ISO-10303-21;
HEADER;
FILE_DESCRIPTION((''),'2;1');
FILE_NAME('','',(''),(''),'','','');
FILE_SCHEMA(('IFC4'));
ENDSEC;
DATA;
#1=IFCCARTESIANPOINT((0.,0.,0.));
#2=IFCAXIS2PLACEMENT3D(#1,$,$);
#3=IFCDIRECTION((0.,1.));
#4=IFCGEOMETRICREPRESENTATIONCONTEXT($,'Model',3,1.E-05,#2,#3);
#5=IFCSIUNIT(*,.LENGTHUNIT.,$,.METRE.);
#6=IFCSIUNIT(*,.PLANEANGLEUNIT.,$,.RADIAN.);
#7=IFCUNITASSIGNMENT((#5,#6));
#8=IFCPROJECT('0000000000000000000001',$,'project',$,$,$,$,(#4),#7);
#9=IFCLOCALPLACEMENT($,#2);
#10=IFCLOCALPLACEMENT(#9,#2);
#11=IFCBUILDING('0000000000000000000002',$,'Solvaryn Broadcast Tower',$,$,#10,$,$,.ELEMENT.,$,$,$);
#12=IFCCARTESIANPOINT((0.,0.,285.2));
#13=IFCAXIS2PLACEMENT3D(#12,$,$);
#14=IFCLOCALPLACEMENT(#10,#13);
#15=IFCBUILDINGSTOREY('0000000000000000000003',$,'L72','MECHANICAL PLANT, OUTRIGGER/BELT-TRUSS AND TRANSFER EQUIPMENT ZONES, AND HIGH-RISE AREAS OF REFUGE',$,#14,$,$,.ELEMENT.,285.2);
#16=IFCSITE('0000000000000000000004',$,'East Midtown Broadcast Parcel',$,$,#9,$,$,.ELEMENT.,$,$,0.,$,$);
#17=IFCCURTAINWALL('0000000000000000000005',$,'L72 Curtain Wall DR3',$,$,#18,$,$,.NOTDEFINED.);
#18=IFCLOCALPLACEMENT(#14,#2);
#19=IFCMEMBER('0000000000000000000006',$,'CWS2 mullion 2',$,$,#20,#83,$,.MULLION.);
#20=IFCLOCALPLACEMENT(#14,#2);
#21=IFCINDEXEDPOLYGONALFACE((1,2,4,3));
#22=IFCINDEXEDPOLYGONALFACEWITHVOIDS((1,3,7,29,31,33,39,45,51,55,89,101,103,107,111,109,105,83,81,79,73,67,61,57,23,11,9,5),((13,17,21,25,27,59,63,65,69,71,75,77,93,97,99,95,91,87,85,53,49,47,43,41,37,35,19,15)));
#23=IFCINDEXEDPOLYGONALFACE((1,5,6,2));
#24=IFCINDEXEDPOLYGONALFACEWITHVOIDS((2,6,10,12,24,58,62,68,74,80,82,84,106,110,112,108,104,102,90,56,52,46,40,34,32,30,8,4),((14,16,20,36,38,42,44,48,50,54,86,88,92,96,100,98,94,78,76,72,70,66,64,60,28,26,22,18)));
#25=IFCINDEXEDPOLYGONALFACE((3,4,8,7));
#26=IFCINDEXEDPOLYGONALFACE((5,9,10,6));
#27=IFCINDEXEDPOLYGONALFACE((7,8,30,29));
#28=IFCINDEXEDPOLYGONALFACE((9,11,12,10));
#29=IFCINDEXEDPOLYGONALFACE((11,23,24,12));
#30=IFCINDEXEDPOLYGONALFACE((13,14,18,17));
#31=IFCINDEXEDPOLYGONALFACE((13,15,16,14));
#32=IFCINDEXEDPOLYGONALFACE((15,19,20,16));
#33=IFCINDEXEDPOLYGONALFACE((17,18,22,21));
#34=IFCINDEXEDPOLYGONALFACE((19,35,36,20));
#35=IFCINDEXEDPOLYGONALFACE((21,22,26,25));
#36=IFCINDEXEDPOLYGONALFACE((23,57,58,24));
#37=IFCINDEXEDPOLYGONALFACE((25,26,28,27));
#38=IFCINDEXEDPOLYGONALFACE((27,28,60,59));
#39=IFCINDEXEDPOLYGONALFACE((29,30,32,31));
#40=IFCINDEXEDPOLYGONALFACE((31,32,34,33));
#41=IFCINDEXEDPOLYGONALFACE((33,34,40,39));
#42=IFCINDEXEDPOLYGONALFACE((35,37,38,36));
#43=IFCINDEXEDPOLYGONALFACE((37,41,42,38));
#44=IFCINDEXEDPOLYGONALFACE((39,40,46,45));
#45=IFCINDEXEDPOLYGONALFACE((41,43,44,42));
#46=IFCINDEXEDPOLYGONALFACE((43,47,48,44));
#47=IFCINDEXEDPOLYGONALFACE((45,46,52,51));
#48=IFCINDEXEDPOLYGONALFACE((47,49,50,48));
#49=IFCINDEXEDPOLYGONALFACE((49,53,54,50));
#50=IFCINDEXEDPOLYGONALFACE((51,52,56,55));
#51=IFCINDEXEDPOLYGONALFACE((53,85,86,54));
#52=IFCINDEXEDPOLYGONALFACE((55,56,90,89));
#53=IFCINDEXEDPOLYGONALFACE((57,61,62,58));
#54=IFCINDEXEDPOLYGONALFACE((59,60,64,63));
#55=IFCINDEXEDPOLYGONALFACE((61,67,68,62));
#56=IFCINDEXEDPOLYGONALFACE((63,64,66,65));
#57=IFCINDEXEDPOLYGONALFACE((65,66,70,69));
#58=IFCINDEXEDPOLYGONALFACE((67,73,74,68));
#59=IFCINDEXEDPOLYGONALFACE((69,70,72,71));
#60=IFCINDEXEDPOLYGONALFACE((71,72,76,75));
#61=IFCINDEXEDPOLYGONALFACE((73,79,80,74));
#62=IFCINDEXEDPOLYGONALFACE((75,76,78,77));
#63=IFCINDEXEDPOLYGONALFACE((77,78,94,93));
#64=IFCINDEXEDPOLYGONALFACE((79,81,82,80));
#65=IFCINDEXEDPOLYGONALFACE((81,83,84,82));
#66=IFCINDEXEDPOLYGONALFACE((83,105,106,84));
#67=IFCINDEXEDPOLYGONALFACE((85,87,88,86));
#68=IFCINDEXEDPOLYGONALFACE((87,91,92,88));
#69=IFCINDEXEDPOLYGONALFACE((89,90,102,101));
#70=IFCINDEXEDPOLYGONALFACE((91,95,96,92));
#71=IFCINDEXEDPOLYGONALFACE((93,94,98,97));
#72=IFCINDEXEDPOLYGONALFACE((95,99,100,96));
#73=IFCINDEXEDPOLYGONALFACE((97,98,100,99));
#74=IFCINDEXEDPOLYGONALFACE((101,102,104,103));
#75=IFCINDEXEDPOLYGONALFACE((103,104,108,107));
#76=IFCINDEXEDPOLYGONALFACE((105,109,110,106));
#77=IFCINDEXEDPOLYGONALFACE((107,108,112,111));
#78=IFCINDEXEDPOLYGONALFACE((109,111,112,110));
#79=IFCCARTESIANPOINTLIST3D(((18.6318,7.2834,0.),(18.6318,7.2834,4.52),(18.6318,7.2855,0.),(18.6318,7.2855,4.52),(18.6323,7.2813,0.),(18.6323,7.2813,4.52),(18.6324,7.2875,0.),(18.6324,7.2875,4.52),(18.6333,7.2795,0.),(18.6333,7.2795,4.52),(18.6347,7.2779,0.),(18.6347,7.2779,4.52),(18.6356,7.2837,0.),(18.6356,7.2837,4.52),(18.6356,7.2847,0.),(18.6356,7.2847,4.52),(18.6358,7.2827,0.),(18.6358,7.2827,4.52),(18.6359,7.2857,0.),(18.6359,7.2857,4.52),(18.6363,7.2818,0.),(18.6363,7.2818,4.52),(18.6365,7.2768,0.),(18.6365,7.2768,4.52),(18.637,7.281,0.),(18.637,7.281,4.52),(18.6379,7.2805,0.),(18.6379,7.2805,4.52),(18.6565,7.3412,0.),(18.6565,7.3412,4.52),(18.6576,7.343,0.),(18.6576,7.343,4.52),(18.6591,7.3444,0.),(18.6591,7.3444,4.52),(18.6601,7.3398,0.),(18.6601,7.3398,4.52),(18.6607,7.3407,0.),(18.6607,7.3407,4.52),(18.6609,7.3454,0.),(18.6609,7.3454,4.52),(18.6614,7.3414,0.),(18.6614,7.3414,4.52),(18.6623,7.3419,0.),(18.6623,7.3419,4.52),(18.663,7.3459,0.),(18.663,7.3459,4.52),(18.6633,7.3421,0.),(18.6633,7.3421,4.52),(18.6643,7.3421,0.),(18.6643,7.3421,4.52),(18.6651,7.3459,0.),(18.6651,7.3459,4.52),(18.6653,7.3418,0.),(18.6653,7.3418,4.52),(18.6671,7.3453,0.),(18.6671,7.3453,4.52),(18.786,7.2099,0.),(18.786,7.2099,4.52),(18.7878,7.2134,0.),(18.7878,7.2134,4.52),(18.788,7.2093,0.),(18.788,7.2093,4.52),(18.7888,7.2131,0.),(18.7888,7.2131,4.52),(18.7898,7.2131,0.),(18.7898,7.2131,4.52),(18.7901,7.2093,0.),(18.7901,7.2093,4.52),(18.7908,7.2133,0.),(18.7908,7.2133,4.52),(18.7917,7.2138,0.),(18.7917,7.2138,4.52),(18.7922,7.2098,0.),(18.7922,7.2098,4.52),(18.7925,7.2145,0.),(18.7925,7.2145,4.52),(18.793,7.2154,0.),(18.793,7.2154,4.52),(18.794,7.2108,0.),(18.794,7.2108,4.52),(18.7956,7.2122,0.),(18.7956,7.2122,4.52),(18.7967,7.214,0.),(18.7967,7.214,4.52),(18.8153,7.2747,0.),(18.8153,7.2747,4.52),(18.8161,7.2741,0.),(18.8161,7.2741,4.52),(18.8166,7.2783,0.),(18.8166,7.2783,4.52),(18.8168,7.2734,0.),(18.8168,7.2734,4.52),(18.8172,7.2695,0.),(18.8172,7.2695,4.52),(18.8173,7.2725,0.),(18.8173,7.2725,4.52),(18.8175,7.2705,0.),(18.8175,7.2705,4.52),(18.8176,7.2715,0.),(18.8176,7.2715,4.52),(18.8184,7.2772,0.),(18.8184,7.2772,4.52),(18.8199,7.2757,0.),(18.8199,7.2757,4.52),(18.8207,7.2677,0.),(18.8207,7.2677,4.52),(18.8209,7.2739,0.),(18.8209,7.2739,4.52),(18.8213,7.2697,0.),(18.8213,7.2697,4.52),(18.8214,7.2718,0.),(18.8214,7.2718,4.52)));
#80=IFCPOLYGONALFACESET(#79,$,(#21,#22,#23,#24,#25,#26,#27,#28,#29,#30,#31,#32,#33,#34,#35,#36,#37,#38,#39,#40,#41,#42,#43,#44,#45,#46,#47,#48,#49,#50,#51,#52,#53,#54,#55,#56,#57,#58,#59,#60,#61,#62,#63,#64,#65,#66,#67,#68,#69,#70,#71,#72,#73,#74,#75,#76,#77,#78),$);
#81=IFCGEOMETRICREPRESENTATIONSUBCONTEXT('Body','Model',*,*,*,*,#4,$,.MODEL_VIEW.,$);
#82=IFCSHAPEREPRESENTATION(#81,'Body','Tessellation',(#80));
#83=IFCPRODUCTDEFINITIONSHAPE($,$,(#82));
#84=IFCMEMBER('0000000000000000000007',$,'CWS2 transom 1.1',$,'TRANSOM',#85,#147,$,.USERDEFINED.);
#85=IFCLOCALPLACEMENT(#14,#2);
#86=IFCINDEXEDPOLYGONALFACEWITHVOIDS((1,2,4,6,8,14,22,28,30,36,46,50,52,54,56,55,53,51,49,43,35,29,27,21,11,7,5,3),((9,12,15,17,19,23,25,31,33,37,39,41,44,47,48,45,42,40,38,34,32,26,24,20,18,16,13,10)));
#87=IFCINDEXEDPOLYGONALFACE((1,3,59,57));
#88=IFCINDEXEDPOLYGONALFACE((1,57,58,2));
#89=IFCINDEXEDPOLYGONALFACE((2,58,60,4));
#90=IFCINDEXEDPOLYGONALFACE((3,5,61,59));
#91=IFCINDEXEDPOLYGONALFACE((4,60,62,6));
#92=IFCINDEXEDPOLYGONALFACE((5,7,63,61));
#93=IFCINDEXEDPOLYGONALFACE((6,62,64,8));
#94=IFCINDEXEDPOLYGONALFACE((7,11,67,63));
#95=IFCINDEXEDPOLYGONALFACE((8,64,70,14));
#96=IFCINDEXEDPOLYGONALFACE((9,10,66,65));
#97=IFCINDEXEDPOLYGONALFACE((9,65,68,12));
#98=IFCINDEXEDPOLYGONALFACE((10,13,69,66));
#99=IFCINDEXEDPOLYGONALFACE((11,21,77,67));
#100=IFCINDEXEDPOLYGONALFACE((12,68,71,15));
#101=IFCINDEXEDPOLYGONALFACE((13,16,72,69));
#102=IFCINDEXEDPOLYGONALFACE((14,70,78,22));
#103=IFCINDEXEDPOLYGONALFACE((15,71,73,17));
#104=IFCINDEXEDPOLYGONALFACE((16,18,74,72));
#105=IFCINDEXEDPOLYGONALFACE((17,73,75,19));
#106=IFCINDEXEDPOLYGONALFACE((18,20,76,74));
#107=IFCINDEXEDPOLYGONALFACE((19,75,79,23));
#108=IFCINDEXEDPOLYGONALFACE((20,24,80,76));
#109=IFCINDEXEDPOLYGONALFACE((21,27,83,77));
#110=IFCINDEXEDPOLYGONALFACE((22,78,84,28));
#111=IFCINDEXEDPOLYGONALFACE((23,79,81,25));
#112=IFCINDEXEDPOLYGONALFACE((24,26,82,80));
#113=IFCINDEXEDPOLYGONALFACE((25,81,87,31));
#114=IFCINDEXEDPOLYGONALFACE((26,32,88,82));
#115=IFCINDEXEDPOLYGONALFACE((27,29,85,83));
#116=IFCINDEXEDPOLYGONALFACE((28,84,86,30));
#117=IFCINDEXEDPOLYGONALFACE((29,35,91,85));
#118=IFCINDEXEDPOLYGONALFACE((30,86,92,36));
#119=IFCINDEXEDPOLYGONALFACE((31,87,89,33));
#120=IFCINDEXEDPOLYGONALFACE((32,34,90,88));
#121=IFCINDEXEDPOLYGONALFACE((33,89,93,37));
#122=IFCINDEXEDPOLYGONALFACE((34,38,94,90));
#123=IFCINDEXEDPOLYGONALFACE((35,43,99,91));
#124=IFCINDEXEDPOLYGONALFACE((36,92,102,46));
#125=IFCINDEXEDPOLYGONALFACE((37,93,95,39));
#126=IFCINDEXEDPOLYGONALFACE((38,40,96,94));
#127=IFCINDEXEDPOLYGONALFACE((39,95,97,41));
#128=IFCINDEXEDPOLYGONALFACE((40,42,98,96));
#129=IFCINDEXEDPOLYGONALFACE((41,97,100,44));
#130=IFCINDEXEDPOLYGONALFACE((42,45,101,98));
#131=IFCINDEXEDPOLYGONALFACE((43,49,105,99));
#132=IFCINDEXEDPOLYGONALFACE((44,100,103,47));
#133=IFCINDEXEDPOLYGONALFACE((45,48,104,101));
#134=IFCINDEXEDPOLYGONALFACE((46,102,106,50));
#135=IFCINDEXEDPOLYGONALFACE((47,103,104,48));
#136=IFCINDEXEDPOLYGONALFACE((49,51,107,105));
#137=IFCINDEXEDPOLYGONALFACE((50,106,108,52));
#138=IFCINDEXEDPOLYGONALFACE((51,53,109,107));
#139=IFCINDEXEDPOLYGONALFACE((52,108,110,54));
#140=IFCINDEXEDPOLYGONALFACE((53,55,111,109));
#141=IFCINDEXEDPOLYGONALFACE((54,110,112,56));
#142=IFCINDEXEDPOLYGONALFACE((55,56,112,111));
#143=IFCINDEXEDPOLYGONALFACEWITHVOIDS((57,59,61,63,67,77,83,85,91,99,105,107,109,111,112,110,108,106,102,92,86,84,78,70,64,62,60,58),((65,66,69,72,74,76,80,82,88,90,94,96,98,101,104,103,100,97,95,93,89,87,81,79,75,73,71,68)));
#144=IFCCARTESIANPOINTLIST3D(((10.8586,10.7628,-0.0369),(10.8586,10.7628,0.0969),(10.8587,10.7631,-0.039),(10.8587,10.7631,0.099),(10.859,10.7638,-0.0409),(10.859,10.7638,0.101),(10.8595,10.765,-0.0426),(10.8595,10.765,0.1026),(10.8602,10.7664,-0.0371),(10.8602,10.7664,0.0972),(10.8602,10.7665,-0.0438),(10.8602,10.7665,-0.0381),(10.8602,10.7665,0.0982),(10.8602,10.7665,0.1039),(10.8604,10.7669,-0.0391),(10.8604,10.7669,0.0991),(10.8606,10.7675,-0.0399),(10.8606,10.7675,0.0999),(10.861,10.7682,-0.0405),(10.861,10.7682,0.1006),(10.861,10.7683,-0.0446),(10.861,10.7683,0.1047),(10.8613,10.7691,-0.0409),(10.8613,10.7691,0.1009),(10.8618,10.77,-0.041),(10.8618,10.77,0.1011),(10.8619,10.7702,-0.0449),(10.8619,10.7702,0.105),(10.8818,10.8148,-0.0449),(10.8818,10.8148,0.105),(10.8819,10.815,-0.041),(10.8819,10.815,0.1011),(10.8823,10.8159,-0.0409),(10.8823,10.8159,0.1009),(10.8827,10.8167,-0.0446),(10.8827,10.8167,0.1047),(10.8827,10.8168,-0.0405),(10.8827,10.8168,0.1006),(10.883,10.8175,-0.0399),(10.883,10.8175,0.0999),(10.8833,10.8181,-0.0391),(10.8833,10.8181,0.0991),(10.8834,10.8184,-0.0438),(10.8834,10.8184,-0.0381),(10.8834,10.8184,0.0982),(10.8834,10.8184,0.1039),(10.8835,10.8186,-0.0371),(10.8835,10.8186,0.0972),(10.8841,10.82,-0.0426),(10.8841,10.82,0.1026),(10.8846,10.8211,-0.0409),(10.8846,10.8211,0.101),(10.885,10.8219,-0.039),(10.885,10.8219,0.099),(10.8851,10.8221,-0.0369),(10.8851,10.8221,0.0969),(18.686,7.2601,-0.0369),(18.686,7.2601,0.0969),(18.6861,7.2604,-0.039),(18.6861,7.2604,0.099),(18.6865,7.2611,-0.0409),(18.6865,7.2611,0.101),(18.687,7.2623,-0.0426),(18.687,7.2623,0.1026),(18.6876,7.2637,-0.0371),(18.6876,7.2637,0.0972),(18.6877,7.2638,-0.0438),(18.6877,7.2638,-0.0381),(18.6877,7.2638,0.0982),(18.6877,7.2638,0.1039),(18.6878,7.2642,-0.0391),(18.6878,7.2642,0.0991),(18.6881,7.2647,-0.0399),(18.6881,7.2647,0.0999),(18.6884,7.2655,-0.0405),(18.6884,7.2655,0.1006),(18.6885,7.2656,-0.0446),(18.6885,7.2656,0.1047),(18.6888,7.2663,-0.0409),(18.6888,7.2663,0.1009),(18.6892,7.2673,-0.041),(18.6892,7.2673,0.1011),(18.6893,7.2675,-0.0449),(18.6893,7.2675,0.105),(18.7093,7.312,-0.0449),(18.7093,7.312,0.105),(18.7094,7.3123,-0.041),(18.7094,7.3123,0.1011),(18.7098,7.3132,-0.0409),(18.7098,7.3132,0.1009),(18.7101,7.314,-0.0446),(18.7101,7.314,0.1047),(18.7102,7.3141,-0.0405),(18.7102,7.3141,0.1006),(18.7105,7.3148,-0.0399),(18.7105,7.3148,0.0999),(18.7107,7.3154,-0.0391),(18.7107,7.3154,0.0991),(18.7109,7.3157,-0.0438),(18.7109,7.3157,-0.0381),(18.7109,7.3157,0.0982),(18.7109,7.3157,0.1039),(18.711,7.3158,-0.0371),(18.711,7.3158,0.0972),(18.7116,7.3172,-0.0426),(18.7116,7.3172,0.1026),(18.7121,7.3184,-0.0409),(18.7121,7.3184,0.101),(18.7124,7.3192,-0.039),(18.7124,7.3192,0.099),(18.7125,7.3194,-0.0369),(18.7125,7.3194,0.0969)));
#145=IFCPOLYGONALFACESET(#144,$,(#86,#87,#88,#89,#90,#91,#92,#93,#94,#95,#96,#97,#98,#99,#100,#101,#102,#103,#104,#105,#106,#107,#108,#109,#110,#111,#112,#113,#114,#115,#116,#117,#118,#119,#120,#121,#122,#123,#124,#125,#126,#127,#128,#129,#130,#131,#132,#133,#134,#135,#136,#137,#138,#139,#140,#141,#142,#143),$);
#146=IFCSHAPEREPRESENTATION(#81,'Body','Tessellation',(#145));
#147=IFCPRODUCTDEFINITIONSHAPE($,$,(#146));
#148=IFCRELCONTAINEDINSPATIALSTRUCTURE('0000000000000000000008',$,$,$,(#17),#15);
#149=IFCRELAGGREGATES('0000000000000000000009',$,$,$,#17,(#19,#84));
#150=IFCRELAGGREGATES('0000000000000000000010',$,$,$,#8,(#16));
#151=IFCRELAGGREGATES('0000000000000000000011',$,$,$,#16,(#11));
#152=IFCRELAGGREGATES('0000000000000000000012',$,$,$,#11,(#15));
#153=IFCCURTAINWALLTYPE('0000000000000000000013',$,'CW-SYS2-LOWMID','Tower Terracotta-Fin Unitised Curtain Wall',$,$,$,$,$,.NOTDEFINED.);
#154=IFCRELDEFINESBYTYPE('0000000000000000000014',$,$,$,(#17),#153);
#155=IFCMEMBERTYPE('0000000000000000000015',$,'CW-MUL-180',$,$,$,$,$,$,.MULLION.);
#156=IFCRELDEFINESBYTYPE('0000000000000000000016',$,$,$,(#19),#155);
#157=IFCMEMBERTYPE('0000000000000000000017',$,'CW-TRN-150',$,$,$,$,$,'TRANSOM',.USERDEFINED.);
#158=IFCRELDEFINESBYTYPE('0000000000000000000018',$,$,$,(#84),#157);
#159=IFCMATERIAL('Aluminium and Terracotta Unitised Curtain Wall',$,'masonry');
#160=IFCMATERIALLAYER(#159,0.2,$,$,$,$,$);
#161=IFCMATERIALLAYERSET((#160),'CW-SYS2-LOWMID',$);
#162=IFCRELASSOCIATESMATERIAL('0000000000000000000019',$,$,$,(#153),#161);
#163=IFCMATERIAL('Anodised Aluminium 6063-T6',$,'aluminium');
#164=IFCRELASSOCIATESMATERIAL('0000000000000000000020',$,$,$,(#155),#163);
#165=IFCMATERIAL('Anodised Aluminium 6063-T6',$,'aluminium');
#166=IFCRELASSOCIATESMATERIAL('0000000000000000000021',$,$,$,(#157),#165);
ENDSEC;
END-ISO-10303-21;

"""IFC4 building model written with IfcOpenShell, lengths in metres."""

from ifc_helpers import new_model, si_unit, direction, frame, origin, origin_2d, place, context, subcontext, project, spatial, hollow_rectangle, extrude, material, layer, layer_set, material_profile, profile_set, type_object, element, aggregate, save


model = new_model("IFC4")

# Units and contexts
model_context = context("Model", 3, precision=1e-05, world=origin(), true_north=direction((0.0, 1.0)))
body_context = subcontext(model_context, "Body", "Model", "MODEL_VIEW")
ifc_project = project(units=[si_unit("LENGTHUNIT", "METRE"), si_unit("PLANEANGLEUNIT", "RADIAN")], contexts=[model_context])

# Site, building, storey
site_placement = place(None, origin())
site = spatial("IfcSite", under=ifc_project, at=site_placement, Name="East Midtown Broadcast Parcel", CompositionType="ELEMENT", RefElevation=0.0)
building_placement = place(site_placement, origin())
building = spatial("IfcBuilding", under=site, at=building_placement, Name="Solvaryn Broadcast Tower", CompositionType="ELEMENT")
storey_placement = place(building_placement, frame((0.0, 0.0, 285.2)))
storey = spatial("IfcBuildingStorey", under=building, at=storey_placement, Name="L72", Description="MECHANICAL PLANT, OUTRIGGER/BELT-TRUSS AND TRANSFER EQUIPMENT ZONES, AND HIGH-RISE AREAS OF REFUGE", CompositionType="ELEMENT", Elevation=285.2)

# Curtain wall, members
ifc_material_1 = material(Name="Aluminium and Terracotta Unitised Curtain Wall", Category="masonry")
ifc_layer_1 = layer(ifc_material_1, 0.2)
ifc_layer_set_1 = layer_set([ifc_layer_1], Name="CW-SYS2-LOWMID")
curtain_wall_type = type_object("IfcCurtainWallType", Name="CW-SYS2-LOWMID", Description="Tower Terracotta-Fin Unitised Curtain Wall", PredefinedType="NOTDEFINED", material=ifc_layer_set_1)
curtain_wall_placement = place(storey_placement, origin())
curtain_wall = element("IfcCurtainWall", 1, at=curtain_wall_placement, inside=storey, type_object=curtain_wall_type, Name="L72 Curtain Wall DR3", PredefinedType="NOTDEFINED")
ifc_material_2 = material(Name="Anodised Aluminium 6063-T6", Category="aluminium")
ifc_material_profile_1 = material_profile(ifc_material_2, hollow_rectangle(XDim=0.075, YDim=0.1799, WallThickness=0.0039, InnerFilletRadius=0.0039, OuterFilletRadius=0.0081, at=origin_2d()))
ifc_profile_set_1 = profile_set([ifc_material_profile_1], Name="Anodised Aluminium 6063-T6")
member_type_1 = type_object("IfcMemberType", Name="CW-MUL-180", PredefinedType="MULLION", material=ifc_profile_set_1)
member_1_placement = place(storey_placement, frame((18.7266, 7.2776, 0.0), z_axis=(0.0, 0.0, 1.0), x_axis=(0.408466, 0.912774, 0.0)))
member_1 = element("IfcMember", 2, at=member_1_placement, type_object=member_type_1, Name="CWS2 mullion 2", PredefinedType="MULLION", context=body_context, shape_type="SweptSolid", body=[
    extrude(hollow_rectangle(XDim=0.075, YDim=0.1799, WallThickness=0.0039, InnerFilletRadius=0.0039, OuterFilletRadius=0.0081, at=origin_2d()), origin(), (0.0, 0.0, 1.0), 4.52),
])
ifc_material_3 = material(Name="Anodised Aluminium 6063-T6", Category="aluminium")
ifc_material_profile_2 = material_profile(ifc_material_3, hollow_rectangle(XDim=0.0649, YDim=0.1499, WallThickness=0.0039, InnerFilletRadius=0.0039, OuterFilletRadius=0.0081, at=origin_2d()))
ifc_profile_set_2 = profile_set([ifc_material_profile_2], Name="Anodised Aluminium 6063-T6")
member_type_2 = type_object("IfcMemberType", Name="CW-TRN-150", ElementType="TRANSOM", PredefinedType="USERDEFINED", material=ifc_profile_set_2)
member_2_placement = place(storey_placement, frame((10.8718, 10.7925, 0.03), z_axis=(0.912777, -0.408459, 0.0), x_axis=(0.408459, 0.912777, 0.0)))
member_2 = element("IfcMember", 3, at=member_2_placement, type_object=member_type_2, Name="CWS2 transom 1.1", ObjectType="TRANSOM", PredefinedType="USERDEFINED", context=body_context, shape_type="SweptSolid", body=[
    extrude(hollow_rectangle(XDim=0.0649, YDim=0.1499, WallThickness=0.0039, InnerFilletRadius=0.0039, OuterFilletRadius=0.0081, at=origin_2d()), origin(), (0.0, 0.0, 1.0), 8.5754),
])

aggregate(curtain_wall, [member_1, member_2])

save(model, "model.ifc")
